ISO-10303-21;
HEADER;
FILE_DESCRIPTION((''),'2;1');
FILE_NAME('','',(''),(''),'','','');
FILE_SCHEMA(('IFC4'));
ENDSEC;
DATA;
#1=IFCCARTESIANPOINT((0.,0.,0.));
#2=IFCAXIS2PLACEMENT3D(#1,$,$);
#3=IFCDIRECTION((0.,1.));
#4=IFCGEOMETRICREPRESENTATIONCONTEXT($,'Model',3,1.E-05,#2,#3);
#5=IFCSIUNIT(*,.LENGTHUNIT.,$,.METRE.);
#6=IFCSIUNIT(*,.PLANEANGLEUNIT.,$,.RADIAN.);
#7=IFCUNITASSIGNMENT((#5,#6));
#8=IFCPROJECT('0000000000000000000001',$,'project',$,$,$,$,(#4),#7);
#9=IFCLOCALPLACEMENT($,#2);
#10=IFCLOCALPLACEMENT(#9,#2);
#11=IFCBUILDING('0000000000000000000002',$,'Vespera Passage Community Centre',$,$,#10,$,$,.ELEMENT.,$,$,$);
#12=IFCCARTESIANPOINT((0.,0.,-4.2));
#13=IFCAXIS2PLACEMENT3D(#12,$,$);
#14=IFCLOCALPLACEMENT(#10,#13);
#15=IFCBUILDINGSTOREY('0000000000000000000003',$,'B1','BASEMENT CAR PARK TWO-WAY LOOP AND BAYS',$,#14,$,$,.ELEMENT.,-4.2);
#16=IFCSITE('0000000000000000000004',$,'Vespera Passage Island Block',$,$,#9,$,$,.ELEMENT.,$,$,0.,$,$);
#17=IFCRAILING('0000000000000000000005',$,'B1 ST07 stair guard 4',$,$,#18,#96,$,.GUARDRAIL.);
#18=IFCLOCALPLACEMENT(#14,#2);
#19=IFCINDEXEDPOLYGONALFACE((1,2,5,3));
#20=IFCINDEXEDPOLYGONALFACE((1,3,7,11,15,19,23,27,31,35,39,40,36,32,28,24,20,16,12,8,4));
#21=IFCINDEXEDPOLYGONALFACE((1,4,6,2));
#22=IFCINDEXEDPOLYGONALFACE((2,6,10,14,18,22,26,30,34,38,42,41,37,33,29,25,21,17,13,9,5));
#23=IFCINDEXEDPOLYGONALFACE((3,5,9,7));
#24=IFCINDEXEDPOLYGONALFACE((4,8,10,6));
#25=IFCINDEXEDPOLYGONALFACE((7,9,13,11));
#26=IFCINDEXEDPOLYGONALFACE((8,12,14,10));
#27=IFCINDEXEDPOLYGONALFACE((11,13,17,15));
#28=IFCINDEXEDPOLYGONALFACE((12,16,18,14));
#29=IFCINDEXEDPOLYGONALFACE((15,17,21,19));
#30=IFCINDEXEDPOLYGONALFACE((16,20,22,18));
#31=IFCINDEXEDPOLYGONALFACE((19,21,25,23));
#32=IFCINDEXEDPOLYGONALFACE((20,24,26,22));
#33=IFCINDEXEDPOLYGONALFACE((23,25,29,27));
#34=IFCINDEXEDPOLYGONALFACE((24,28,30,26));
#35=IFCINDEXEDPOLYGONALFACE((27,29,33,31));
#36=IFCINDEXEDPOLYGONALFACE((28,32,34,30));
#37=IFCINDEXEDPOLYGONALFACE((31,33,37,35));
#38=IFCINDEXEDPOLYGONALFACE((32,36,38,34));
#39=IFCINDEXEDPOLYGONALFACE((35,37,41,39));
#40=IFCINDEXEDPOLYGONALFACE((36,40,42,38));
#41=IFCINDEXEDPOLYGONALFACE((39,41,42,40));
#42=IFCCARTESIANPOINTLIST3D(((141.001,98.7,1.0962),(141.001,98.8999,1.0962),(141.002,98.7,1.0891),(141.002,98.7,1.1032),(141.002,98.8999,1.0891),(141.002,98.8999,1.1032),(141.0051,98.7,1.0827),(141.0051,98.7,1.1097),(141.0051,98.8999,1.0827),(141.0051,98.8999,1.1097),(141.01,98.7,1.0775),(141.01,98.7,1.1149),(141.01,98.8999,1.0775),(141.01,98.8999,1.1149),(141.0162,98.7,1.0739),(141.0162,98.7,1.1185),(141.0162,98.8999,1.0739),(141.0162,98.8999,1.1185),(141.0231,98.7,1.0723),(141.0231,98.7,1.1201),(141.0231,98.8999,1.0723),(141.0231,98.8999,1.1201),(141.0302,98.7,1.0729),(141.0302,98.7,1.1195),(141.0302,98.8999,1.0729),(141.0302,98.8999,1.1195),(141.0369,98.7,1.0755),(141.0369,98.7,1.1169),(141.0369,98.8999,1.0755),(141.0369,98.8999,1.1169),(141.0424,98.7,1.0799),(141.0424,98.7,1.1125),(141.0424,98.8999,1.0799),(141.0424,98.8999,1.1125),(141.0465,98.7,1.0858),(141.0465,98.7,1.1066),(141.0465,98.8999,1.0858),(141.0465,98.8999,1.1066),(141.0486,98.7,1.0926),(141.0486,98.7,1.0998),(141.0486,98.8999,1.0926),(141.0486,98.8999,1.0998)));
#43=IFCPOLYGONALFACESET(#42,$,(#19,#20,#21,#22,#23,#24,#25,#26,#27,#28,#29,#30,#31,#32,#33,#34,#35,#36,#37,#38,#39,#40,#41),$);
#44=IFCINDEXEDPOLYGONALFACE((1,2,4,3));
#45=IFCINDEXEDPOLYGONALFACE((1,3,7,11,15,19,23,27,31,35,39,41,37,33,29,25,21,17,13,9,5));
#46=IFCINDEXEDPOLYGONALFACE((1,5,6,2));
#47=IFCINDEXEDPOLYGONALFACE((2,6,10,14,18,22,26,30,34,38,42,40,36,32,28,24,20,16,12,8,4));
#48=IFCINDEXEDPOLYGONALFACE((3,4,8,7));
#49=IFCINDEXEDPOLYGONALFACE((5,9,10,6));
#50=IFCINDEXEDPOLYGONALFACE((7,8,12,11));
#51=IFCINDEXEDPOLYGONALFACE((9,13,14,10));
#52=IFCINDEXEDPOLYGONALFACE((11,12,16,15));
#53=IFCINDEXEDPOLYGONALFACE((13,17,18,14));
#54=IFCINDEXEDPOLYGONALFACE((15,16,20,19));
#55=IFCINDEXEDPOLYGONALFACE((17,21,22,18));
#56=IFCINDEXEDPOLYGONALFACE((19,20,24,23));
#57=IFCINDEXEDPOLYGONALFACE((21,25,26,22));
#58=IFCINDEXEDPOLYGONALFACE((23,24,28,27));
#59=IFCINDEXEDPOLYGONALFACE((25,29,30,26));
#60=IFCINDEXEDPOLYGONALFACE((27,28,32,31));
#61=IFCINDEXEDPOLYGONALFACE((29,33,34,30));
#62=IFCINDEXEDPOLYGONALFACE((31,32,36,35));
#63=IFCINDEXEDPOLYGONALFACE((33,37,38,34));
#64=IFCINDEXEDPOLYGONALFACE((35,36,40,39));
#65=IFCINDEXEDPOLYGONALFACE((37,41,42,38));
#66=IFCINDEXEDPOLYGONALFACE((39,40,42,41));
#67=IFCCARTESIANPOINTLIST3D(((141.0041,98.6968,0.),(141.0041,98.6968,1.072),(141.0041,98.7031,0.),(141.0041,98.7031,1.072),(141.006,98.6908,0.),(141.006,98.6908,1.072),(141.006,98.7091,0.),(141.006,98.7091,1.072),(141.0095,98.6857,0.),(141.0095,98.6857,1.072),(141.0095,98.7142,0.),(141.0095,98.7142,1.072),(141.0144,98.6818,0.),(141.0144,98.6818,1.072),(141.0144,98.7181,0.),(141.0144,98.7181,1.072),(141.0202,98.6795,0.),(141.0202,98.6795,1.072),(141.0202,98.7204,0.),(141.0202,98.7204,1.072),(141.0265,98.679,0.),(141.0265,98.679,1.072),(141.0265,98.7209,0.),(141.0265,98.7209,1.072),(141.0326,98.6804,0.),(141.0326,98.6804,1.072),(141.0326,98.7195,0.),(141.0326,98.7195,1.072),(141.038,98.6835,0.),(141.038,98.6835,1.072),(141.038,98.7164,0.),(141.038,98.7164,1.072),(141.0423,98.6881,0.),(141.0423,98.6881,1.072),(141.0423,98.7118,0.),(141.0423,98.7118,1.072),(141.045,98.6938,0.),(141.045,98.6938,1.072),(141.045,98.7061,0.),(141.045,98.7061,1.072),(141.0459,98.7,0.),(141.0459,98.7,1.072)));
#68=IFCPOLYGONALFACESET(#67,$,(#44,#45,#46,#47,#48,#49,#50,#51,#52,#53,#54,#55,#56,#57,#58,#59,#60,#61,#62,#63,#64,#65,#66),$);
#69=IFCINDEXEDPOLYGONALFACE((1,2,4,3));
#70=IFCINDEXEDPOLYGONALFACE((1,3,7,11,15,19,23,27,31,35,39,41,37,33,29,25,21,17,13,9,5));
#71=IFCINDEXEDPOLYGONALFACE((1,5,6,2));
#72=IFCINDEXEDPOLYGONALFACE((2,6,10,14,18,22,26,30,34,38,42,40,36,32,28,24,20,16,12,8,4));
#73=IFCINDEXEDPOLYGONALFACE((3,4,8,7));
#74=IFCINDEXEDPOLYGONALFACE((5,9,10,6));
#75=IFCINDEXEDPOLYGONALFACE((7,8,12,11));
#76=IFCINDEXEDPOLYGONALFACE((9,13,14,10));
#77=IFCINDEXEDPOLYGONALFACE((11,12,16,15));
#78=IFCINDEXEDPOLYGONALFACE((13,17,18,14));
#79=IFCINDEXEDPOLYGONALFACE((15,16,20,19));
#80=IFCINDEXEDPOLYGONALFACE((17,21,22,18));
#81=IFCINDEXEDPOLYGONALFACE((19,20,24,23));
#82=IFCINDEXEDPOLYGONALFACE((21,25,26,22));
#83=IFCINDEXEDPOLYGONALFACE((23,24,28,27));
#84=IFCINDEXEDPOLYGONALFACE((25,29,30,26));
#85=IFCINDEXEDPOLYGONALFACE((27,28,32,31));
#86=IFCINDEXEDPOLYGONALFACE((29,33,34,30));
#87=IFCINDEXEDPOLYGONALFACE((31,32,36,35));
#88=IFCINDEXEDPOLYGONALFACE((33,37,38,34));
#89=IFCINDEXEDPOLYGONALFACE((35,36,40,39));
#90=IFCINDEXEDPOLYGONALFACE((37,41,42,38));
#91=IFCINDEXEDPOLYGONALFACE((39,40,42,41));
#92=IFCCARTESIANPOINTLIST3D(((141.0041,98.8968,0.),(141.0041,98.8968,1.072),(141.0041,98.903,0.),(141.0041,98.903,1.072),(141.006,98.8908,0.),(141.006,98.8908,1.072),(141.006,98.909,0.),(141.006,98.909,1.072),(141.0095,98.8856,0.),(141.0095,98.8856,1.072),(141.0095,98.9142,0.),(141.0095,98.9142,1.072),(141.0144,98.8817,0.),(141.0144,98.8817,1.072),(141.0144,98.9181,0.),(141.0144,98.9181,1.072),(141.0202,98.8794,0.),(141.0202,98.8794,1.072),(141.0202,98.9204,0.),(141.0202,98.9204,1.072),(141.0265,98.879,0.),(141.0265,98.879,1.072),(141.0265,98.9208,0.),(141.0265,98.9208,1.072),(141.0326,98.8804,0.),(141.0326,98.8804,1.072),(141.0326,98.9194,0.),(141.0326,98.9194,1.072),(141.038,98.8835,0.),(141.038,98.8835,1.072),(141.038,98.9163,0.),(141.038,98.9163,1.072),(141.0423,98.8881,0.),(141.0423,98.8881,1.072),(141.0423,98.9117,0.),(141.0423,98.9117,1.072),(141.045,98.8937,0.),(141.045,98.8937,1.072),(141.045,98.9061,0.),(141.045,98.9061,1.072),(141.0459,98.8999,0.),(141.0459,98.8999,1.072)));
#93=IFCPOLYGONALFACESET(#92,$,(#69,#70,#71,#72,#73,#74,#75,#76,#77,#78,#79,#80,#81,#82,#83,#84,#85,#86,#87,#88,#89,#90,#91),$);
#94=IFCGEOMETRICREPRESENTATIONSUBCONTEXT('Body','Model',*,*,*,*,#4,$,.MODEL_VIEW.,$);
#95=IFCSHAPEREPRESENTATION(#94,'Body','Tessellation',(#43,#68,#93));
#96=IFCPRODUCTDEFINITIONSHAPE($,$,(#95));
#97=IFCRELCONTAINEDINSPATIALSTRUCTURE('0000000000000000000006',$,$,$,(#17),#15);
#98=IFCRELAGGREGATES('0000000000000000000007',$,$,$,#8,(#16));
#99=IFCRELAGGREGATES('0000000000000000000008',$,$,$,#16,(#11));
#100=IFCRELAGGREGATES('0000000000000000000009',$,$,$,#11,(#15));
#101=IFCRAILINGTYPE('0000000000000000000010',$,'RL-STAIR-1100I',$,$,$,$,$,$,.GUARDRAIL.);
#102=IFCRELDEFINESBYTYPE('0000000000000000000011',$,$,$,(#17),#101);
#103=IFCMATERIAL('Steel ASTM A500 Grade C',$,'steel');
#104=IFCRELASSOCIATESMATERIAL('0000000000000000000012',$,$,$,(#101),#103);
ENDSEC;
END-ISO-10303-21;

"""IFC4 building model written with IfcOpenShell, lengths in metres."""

from ifc_helpers import new_model, si_unit, direction, frame, origin, origin_2d, place, context, subcontext, project, spatial, circle, extrude, material, type_object, element, save


model = new_model("IFC4")

# Units and contexts
model_context = context("Model", 3, precision=1e-05, world=origin(), true_north=direction((0.0, 1.0)))
body_context = subcontext(model_context, "Body", "Model", "MODEL_VIEW")
ifc_project = project(units=[si_unit("LENGTHUNIT", "METRE"), si_unit("PLANEANGLEUNIT", "RADIAN")], contexts=[model_context])

# Site, building, storey
site_placement = place(None, origin())
site = spatial("IfcSite", under=ifc_project, at=site_placement, Name="Vespera Passage Island Block", CompositionType="ELEMENT", RefElevation=0.0)
building_placement = place(site_placement, origin())
building = spatial("IfcBuilding", under=site, at=building_placement, Name="Vespera Passage Community Centre", CompositionType="ELEMENT")
storey_placement = place(building_placement, frame((0.0, 0.0, -4.2)))
storey = spatial("IfcBuildingStorey", under=building, at=storey_placement, Name="B1", Description="BASEMENT CAR PARK TWO-WAY LOOP AND BAYS", CompositionType="ELEMENT", Elevation=-4.2)

# Railing
ifc_material_1 = material(Name="Steel ASTM A500 Grade C", Category="steel")
railing_type_1 = type_object("IfcRailingType", Name="RL-STAIR-1100I", PredefinedType="GUARDRAIL", material=ifc_material_1)
railing_1_placement = place(storey_placement, frame((141.0249, 98.7, 0.0)))
element("IfcRailing", 1, at=railing_1_placement, inside=storey, type_object=railing_type_1, Name="B1 ST07 stair guard 4", PredefinedType="GUARDRAIL", context=body_context, shape_type="SweptSolid", body=[
    extrude(circle(Radius=0.0239, at=origin_2d()), frame((0.0, 0.0, 1.0962), z_axis=(0.0, 1.0, 0.0), x_axis=(-1.0, 0.0, 0.0)), (0.0, 0.0, 1.0), 0.2),
    extrude(circle(Radius=0.021, at=origin_2d()), origin(), (0.0, 0.0, 1.0), 1.072),
    extrude(circle(Radius=0.021, at=origin_2d()), frame((0.0, 0.2, 0.0)), (0.0, 0.0, 1.0), 1.072),
])

save(model, "model.ifc")
